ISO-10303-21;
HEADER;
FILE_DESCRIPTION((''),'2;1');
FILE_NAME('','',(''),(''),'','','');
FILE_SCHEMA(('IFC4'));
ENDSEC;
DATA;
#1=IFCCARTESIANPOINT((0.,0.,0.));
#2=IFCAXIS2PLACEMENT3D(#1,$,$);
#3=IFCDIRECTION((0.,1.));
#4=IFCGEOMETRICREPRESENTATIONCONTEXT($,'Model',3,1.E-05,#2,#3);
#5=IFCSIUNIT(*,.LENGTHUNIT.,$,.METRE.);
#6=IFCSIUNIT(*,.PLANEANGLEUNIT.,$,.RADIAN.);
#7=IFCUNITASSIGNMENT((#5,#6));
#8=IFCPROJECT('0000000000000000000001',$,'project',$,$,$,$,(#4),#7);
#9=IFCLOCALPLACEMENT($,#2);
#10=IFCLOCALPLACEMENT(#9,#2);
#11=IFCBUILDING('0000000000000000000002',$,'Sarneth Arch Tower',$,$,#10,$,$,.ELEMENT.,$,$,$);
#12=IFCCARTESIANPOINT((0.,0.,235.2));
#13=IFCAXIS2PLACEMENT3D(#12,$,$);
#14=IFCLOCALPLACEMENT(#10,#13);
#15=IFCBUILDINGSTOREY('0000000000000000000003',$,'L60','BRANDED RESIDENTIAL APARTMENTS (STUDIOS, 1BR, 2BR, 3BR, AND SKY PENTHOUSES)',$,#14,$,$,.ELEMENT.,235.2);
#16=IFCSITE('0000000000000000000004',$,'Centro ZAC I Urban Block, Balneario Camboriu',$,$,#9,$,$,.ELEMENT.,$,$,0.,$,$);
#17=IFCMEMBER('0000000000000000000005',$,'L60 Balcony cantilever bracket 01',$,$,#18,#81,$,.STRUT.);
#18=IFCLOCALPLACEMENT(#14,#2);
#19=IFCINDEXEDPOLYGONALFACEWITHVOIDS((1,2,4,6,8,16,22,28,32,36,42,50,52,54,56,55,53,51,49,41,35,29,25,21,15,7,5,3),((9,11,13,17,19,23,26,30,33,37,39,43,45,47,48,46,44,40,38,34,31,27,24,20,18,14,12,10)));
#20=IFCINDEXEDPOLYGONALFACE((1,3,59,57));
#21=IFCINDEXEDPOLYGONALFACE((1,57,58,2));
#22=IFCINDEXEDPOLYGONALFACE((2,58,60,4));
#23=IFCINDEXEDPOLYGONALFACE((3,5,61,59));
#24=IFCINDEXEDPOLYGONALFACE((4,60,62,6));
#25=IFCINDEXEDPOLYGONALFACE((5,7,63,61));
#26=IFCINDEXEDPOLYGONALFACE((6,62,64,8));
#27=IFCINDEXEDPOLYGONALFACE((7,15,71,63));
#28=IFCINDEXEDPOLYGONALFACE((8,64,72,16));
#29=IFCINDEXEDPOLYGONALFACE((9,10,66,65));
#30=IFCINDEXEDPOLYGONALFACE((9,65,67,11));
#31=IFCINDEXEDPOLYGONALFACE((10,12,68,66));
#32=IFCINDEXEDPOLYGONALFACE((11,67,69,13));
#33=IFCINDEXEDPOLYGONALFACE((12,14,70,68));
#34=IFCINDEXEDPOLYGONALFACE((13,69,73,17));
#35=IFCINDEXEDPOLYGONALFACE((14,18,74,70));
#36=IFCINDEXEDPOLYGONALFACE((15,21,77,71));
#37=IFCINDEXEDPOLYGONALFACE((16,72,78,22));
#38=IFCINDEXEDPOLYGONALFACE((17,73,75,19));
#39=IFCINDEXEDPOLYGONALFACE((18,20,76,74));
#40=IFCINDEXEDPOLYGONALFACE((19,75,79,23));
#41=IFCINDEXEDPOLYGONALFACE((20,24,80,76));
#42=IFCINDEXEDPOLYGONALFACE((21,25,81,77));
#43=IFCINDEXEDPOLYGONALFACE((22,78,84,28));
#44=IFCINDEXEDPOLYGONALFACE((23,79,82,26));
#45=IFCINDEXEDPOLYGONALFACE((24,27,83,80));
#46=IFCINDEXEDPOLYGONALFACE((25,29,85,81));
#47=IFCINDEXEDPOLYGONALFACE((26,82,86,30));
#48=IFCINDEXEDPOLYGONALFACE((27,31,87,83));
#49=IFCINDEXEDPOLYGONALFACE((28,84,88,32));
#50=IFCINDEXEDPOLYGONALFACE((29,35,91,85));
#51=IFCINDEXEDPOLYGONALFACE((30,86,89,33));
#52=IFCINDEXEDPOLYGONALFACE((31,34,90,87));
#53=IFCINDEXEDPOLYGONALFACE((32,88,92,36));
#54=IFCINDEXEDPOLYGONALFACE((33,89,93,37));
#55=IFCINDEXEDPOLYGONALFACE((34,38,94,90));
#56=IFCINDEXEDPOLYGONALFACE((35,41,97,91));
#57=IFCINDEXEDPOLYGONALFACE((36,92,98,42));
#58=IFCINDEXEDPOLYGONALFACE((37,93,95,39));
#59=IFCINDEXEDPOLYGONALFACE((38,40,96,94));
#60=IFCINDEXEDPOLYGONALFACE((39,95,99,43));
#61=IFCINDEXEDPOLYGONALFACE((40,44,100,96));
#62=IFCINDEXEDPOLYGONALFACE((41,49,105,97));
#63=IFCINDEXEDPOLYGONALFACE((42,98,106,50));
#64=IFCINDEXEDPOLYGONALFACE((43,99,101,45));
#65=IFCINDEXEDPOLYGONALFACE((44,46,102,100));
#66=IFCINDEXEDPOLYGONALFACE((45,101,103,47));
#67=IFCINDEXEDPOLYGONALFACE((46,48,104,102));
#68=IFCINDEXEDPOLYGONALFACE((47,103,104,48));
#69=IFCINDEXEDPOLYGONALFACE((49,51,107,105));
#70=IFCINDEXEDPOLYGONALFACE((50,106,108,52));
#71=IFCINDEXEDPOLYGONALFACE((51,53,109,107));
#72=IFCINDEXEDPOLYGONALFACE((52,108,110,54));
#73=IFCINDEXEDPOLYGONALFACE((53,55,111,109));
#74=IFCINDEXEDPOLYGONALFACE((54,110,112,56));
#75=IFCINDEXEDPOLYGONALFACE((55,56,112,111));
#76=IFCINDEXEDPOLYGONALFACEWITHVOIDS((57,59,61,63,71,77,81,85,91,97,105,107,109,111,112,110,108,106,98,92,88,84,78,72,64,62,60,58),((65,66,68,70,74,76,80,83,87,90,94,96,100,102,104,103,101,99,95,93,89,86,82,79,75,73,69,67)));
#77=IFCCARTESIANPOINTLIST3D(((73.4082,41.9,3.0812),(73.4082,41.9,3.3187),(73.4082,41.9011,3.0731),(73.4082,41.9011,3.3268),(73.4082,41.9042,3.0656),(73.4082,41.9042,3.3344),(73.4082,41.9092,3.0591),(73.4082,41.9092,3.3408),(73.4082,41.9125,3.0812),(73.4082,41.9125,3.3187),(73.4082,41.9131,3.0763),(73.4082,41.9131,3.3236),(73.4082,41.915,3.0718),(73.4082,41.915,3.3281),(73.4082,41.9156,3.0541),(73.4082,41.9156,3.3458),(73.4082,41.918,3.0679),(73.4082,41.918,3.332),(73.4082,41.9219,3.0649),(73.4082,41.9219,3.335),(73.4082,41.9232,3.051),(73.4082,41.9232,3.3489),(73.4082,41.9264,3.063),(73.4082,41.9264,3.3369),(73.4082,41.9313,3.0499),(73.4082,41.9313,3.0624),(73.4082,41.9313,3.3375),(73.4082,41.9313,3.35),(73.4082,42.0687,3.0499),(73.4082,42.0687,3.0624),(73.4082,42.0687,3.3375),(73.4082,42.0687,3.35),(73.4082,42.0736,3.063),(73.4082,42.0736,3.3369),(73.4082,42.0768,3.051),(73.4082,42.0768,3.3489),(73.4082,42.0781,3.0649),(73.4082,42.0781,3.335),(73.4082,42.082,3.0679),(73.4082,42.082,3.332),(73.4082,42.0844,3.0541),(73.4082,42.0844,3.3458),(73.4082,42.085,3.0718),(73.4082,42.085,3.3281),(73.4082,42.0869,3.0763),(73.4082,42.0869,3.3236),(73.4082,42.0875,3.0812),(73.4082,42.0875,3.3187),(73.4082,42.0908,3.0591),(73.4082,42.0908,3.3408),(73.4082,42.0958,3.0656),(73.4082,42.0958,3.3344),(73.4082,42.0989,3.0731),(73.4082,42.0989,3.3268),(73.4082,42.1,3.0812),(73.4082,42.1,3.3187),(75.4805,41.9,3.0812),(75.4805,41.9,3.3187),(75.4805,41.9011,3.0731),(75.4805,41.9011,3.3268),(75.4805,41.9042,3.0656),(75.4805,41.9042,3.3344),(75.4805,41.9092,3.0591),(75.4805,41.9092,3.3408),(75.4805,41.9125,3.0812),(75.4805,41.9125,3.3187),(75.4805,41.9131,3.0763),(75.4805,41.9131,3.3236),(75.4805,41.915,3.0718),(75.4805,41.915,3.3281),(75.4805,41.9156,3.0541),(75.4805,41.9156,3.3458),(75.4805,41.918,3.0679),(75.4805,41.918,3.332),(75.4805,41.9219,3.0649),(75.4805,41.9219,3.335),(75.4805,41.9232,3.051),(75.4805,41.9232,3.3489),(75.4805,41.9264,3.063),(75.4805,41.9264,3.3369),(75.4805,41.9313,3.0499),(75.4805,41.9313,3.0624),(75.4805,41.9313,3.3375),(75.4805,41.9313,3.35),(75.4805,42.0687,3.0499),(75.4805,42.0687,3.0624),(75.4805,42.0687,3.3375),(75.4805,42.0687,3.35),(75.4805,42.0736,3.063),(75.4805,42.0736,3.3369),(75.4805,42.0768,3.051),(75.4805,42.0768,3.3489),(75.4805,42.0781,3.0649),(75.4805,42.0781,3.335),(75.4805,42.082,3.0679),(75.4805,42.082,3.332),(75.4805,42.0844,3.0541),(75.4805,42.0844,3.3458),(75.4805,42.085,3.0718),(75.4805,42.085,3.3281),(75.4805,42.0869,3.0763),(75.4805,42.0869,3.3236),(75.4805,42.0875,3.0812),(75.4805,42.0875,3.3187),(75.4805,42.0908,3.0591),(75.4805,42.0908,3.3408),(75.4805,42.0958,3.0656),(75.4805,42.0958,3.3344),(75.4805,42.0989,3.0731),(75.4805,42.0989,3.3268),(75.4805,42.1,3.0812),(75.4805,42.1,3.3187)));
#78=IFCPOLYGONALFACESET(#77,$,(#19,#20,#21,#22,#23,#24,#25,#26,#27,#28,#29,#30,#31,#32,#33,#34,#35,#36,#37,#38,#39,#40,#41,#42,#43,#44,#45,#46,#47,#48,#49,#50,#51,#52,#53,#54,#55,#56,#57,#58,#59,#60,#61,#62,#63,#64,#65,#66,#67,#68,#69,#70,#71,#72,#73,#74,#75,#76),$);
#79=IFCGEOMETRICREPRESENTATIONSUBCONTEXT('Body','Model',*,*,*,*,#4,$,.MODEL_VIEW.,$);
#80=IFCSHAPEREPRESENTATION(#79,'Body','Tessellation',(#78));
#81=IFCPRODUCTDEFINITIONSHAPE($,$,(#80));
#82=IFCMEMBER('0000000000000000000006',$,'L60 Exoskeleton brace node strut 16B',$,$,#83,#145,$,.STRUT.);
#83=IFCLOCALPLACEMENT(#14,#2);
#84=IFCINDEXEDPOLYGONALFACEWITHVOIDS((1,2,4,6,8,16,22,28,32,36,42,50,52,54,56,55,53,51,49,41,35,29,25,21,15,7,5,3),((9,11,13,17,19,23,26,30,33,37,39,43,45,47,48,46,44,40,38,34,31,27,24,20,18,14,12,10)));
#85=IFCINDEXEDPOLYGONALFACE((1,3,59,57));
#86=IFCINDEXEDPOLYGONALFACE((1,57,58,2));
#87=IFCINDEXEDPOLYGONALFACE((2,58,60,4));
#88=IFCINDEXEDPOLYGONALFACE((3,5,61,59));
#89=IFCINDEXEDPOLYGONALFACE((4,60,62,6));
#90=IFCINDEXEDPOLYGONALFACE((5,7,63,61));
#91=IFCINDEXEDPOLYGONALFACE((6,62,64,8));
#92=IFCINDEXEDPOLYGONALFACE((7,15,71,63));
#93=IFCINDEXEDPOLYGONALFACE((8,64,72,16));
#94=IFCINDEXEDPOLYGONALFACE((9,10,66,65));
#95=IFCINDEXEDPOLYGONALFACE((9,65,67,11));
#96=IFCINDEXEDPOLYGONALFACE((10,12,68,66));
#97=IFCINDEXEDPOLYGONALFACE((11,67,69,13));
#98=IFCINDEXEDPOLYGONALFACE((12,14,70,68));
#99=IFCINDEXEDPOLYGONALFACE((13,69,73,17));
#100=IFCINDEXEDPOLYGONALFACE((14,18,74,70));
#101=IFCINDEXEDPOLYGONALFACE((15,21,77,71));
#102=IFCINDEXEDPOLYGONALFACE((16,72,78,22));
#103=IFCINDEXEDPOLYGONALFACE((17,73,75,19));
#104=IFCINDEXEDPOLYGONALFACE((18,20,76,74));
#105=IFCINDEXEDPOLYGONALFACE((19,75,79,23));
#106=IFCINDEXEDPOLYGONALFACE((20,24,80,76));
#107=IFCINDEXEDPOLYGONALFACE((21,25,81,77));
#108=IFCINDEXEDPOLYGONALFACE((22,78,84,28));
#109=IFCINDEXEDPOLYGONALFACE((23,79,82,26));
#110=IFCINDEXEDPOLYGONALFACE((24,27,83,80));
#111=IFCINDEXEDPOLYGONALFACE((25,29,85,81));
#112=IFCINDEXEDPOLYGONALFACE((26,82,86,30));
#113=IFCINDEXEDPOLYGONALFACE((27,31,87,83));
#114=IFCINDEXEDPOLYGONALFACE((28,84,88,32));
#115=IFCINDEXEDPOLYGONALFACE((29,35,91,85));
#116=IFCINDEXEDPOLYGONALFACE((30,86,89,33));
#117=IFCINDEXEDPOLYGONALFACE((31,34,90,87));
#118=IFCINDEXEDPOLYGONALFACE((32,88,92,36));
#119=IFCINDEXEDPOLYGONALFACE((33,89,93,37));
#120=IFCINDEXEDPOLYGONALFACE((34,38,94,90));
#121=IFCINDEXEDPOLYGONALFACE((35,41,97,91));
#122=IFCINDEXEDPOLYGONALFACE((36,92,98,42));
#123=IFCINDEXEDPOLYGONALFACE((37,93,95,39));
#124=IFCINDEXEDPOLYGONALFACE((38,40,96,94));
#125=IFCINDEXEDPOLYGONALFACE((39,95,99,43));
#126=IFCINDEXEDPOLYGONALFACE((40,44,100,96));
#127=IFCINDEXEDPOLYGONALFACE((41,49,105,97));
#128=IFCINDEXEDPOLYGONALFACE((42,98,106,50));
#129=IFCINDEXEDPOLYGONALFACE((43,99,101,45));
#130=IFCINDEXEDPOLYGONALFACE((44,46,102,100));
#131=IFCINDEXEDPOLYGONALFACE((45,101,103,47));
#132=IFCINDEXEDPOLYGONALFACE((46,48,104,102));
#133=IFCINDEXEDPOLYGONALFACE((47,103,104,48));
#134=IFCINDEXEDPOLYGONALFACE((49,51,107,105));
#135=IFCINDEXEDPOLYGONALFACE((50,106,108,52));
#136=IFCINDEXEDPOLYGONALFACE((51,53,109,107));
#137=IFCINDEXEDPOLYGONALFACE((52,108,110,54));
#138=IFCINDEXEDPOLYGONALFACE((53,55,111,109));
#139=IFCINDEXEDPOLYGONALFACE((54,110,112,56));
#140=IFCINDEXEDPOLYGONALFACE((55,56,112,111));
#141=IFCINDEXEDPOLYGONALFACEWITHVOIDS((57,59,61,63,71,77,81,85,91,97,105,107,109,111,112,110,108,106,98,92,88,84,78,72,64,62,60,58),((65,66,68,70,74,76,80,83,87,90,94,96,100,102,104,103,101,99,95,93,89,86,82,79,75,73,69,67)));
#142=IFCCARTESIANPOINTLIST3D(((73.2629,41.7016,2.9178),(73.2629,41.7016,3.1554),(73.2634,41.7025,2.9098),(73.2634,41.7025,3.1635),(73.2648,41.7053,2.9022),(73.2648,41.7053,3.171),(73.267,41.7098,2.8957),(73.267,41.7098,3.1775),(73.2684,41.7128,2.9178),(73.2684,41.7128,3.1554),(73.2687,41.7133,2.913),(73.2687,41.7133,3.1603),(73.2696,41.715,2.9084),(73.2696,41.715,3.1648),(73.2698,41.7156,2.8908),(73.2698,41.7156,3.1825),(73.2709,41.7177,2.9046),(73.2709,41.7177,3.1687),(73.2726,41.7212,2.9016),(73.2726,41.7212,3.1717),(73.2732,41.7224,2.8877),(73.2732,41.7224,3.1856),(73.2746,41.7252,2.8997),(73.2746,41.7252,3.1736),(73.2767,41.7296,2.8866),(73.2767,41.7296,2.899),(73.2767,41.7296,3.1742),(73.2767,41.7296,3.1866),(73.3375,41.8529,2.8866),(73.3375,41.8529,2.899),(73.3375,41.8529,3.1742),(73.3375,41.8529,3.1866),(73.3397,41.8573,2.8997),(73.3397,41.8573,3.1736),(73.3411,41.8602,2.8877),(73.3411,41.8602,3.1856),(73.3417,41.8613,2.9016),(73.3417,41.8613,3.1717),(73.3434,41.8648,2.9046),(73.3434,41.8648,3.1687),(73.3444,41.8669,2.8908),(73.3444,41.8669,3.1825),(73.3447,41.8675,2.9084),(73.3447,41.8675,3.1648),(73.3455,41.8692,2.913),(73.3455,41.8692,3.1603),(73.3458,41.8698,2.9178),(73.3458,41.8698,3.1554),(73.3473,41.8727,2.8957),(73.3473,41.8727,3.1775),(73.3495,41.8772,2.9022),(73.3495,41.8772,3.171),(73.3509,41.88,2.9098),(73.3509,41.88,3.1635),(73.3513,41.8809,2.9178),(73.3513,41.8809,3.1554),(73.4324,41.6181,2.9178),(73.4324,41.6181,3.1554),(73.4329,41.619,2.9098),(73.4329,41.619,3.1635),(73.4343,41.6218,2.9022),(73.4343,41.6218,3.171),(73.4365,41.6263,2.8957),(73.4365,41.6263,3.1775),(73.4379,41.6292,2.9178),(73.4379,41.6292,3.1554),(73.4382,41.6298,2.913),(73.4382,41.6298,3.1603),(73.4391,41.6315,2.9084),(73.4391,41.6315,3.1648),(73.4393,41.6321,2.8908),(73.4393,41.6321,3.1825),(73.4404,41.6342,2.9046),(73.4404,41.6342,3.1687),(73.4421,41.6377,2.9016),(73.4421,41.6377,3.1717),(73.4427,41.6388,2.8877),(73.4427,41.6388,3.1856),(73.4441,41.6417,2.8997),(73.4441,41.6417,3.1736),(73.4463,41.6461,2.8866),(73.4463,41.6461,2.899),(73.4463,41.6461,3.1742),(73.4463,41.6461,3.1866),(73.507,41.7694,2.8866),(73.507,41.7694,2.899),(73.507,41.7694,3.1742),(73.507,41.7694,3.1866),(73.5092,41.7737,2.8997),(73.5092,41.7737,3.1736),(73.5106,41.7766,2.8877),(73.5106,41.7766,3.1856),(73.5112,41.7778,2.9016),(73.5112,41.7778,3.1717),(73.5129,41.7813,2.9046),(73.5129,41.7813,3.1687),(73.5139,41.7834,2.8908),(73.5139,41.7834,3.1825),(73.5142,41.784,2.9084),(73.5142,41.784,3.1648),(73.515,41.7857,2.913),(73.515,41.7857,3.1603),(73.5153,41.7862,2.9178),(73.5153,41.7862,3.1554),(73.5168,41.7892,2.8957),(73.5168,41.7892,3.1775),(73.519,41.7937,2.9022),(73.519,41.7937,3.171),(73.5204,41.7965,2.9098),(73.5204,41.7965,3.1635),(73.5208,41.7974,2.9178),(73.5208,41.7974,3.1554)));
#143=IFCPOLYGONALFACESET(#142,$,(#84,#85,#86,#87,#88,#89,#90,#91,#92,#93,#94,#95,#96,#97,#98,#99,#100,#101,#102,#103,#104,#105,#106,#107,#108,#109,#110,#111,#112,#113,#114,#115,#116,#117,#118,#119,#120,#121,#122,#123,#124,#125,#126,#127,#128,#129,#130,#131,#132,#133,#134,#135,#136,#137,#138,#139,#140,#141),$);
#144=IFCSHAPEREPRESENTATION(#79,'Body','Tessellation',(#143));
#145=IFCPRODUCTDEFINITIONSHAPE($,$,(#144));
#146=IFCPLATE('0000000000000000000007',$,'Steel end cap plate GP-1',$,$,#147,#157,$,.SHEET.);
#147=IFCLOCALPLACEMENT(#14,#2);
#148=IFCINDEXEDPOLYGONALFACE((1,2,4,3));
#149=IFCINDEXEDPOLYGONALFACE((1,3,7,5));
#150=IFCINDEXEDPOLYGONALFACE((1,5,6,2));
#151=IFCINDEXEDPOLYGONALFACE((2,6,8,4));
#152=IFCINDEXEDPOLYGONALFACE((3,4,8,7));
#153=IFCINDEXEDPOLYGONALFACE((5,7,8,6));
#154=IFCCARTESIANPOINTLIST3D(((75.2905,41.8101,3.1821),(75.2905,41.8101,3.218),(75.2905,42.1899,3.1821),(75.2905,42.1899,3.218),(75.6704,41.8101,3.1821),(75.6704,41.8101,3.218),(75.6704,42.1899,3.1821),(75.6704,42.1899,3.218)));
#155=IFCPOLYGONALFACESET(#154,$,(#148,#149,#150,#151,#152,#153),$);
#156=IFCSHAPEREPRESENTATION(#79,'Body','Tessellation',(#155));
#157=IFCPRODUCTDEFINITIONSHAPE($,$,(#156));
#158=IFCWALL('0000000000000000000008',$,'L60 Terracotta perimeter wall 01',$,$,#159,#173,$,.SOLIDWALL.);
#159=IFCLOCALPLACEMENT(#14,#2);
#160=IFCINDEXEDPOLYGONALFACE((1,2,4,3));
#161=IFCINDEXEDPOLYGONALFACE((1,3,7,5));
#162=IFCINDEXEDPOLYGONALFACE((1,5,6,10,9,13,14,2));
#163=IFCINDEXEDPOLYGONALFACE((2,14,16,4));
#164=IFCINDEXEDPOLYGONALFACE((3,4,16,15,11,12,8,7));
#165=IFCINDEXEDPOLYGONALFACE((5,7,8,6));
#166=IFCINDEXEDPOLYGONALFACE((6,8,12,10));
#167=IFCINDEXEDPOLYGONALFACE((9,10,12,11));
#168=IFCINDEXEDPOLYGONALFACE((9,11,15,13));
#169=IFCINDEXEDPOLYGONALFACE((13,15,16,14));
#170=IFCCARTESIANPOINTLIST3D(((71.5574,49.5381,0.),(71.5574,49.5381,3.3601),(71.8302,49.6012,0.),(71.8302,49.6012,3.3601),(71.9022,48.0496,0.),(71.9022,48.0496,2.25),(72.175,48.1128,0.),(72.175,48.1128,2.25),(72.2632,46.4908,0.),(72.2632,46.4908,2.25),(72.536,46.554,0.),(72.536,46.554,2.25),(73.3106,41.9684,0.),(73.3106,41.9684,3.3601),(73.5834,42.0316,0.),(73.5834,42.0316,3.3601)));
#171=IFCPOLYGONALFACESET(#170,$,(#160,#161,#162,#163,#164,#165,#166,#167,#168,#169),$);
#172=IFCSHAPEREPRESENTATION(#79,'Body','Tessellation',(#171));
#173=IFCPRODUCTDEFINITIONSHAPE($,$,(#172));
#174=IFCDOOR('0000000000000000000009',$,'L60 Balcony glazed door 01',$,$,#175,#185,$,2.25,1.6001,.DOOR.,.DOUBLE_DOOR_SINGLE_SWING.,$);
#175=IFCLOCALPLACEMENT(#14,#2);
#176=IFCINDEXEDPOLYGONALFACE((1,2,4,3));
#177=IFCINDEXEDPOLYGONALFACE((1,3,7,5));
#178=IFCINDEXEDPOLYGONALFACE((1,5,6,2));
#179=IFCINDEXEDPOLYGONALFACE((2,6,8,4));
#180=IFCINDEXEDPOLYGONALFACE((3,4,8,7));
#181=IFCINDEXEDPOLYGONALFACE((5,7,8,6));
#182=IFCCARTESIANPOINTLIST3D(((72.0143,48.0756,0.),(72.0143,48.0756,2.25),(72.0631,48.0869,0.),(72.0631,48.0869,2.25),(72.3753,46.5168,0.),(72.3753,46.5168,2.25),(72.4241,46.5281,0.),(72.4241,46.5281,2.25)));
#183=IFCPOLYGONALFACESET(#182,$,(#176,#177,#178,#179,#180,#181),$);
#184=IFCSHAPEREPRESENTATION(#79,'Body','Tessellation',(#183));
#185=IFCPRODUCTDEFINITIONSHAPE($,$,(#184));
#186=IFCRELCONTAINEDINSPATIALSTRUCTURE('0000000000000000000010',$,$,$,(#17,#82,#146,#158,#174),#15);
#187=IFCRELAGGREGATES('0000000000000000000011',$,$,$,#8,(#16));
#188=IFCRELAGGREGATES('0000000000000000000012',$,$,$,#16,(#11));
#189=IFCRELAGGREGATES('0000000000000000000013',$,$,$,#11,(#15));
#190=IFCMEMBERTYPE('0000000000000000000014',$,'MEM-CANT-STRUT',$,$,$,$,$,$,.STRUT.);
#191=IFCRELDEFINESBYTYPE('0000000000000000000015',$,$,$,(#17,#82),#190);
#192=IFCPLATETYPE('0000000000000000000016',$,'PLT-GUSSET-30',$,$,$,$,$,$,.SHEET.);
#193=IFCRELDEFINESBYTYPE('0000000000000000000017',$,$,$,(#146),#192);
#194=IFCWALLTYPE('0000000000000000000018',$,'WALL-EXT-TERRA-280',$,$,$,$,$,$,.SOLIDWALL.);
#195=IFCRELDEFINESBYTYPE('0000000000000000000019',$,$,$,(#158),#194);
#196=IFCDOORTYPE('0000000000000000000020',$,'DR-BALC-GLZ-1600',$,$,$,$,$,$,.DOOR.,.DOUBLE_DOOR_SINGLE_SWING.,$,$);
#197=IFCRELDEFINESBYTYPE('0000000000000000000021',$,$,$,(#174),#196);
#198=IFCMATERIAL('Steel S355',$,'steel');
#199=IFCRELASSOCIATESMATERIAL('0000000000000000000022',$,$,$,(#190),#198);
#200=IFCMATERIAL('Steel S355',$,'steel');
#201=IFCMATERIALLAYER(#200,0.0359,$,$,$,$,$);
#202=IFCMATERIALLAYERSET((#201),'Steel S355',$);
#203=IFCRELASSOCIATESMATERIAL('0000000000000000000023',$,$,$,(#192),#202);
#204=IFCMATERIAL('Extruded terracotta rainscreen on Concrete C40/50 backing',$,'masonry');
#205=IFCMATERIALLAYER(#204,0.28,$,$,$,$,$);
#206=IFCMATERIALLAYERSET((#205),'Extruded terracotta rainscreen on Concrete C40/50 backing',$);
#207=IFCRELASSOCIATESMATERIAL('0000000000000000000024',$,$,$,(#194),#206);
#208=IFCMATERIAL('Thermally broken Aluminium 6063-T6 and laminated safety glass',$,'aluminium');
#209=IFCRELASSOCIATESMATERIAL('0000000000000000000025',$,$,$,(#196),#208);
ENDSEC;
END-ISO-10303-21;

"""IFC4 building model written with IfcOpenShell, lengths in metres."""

from ifc_helpers import new_model, si_unit, direction, frame, frame_2d, origin, origin_2d, place, context, subcontext, project, spatial, rectangle, hollow_rectangle, extrude, material, layer, layer_set, material_profile, profile_set, type_object, element, fill, save


model = new_model("IFC4")

# Units and contexts
model_context = context("Model", 3, precision=1e-05, world=origin(), true_north=direction((0.0, 1.0)))
body_context = subcontext(model_context, "Body", "Model", "MODEL_VIEW")
ifc_project = project(units=[si_unit("LENGTHUNIT", "METRE"), si_unit("PLANEANGLEUNIT", "RADIAN")], contexts=[model_context])

# Site, building, storey
site_placement = place(None, origin())
site = spatial("IfcSite", under=ifc_project, at=site_placement, Name="Centro ZAC I Urban Block, Balneario Camboriu", CompositionType="ELEMENT", RefElevation=0.0)
building_placement = place(site_placement, origin())
building = spatial("IfcBuilding", under=site, at=building_placement, Name="Sarneth Arch Tower", CompositionType="ELEMENT")
storey_placement = place(building_placement, frame((0.0, 0.0, 235.2)))
storey = spatial("IfcBuildingStorey", under=building, at=storey_placement, Name="L60", Description="BRANDED RESIDENTIAL APARTMENTS (STUDIOS, 1BR, 2BR, 3BR, AND SKY PENTHOUSES)", CompositionType="ELEMENT", Elevation=235.2)

# Members
ifc_material_1 = material(Name="Steel S355", Category="steel")
ifc_material_profile_1 = material_profile(ifc_material_1, hollow_rectangle(XDim=0.2, YDim=0.3, WallThickness=0.0125, InnerFilletRadius=0.0188, OuterFilletRadius=0.0312, at=origin_2d()), Name="RHS300x200x12.5")
ifc_profile_set_1 = profile_set([ifc_material_profile_1], Name="Steel S355")
member_type_1 = type_object("IfcMemberType", Name="MEM-CANT-STRUT", PredefinedType="STRUT", material=ifc_profile_set_1)
member_1_placement = place(storey_placement, frame((73.4082, 42.0, 3.2), z_axis=(1.0, 0.0, 0.0), x_axis=(0.0, 1.0, 0.0)))
element("IfcMember", 1, at=member_1_placement, inside=storey, type_object=member_type_1, Name="L60 Balcony cantilever bracket 01", PredefinedType="STRUT", context=body_context, shape_type="SweptSolid", body=[
    extrude(hollow_rectangle(XDim=0.2, YDim=0.3, WallThickness=0.0125, InnerFilletRadius=0.0188, OuterFilletRadius=0.0312, at=origin_2d()), origin(), (0.0, 0.0, 1.0), 2.0723),
])
member_2_placement = place(storey_placement, frame((73.3071, 41.7913, 3.0366), z_axis=(0.896997, -0.442036, 0.0), x_axis=(0.442036, 0.896997, 0.0)))
element("IfcMember", 2, at=member_2_placement, inside=storey, type_object=member_type_1, Name="L60 Exoskeleton brace node strut 16B", PredefinedType="STRUT", context=body_context, shape_type="SweptSolid", body=[
    extrude(hollow_rectangle(XDim=0.2, YDim=0.3, WallThickness=0.0125, InnerFilletRadius=0.0188, OuterFilletRadius=0.0312, at=origin_2d()), origin(), (0.0, 0.0, 1.0), 0.189),
])

# Plate
ifc_material_2 = material(Name="Steel S355", Category="steel")
ifc_layer_1 = layer(ifc_material_2, 0.0359)
ifc_layer_set_1 = layer_set([ifc_layer_1], Name="Steel S355")
plate_type = type_object("IfcPlateType", Name="PLT-GUSSET-30", PredefinedType="SHEET", material=ifc_layer_set_1)
plate_placement = place(storey_placement, frame((75.4805, 42.0, 3.1821), z_axis=(0.0, 0.0, 1.0), x_axis=(1.0, 0.0, 0.0)))
element("IfcPlate", 3, at=plate_placement, inside=storey, type_object=plate_type, Name="Steel end cap plate GP-1", PredefinedType="SHEET", context=body_context, shape_type="SweptSolid", body=[
    extrude(rectangle(XDim=0.3799, YDim=0.3799, at=origin_2d()), origin(), (0.0, 0.0, 1.0), 0.0359),
])

# Wall, opening, door
ifc_material_3 = material(Name="Extruded terracotta rainscreen on Concrete C40/50 backing", Category="masonry")
ifc_layer_2 = layer(ifc_material_3, 0.28)
ifc_layer_set_2 = layer_set([ifc_layer_2], Name="Extruded terracotta rainscreen on Concrete C40/50 backing")
wall_type_1 = type_object("IfcWallType", Name="WALL-EXT-TERRA-280", PredefinedType="SOLIDWALL", material=ifc_layer_set_2)
wall_1_placement = place(storey_placement, frame((73.447, 42.0, 0.0), z_axis=(0.0, 0.0, 1.0), x_axis=(-0.225635, 0.974212, 0.0)))
wall_1 = element("IfcWall", 4, at=wall_1_placement, inside=storey, type_object=wall_type_1, Name="L60 Terracotta perimeter wall 01", PredefinedType="SOLIDWALL", context=body_context, shape_type="SweptSolid", body=[
    extrude(rectangle(XDim=7.77, YDim=0.28, at=frame_2d((3.885, 0.0))), origin(), (0.0, 0.0, 1.0), 3.3601),
])
opening_1_placement = place(wall_1_placement, frame((4.6421, 0.0, 0.0)))
opening_1 = element("IfcOpeningElement", 5, at=opening_1_placement, cuts=wall_1, PredefinedType="OPENING", context=body_context, shape_type="SweptSolid", body=[
    extrude(rectangle(XDim=1.6001, YDim=2.25, at=frame_2d((0.8, 1.125))), frame((0.0, 0.1499, 0.0), z_axis=(0.0, -1.0, 0.0), x_axis=(1.0, 0.0, 0.0)), (0.0, 0.0, 1.0), 0.3),
])
ifc_material_4 = material(Name="Thermally broken Aluminium 6063-T6 and laminated safety glass", Category="aluminium")
door_type_1 = type_object("IfcDoorType", Name="DR-BALC-GLZ-1600", OperationType="DOUBLE_DOOR_SINGLE_SWING", PredefinedType="DOOR", material=ifc_material_4)
door_1_placement = place(opening_1_placement, origin())
door_1 = element("IfcDoor", 6, at=door_1_placement, inside=storey, type_object=door_type_1, Name="L60 Balcony glazed door 01", OperationType="DOUBLE_DOOR_SINGLE_SWING", OverallHeight=2.25, OverallWidth=1.6001, PredefinedType="DOOR", context=body_context, shape_type="SweptSolid", body=[
    extrude(rectangle(XDim=1.6001, YDim=2.25, at=frame_2d((0.8, 1.125))), frame((0.0, 0.0249, 0.0), z_axis=(0.0, -1.0, 0.0), x_axis=(1.0, 0.0, 0.0)), (0.0, 0.0, 1.0), 0.05),
])
fill(opening_1, door_1)

save(model, "model.ifc")
